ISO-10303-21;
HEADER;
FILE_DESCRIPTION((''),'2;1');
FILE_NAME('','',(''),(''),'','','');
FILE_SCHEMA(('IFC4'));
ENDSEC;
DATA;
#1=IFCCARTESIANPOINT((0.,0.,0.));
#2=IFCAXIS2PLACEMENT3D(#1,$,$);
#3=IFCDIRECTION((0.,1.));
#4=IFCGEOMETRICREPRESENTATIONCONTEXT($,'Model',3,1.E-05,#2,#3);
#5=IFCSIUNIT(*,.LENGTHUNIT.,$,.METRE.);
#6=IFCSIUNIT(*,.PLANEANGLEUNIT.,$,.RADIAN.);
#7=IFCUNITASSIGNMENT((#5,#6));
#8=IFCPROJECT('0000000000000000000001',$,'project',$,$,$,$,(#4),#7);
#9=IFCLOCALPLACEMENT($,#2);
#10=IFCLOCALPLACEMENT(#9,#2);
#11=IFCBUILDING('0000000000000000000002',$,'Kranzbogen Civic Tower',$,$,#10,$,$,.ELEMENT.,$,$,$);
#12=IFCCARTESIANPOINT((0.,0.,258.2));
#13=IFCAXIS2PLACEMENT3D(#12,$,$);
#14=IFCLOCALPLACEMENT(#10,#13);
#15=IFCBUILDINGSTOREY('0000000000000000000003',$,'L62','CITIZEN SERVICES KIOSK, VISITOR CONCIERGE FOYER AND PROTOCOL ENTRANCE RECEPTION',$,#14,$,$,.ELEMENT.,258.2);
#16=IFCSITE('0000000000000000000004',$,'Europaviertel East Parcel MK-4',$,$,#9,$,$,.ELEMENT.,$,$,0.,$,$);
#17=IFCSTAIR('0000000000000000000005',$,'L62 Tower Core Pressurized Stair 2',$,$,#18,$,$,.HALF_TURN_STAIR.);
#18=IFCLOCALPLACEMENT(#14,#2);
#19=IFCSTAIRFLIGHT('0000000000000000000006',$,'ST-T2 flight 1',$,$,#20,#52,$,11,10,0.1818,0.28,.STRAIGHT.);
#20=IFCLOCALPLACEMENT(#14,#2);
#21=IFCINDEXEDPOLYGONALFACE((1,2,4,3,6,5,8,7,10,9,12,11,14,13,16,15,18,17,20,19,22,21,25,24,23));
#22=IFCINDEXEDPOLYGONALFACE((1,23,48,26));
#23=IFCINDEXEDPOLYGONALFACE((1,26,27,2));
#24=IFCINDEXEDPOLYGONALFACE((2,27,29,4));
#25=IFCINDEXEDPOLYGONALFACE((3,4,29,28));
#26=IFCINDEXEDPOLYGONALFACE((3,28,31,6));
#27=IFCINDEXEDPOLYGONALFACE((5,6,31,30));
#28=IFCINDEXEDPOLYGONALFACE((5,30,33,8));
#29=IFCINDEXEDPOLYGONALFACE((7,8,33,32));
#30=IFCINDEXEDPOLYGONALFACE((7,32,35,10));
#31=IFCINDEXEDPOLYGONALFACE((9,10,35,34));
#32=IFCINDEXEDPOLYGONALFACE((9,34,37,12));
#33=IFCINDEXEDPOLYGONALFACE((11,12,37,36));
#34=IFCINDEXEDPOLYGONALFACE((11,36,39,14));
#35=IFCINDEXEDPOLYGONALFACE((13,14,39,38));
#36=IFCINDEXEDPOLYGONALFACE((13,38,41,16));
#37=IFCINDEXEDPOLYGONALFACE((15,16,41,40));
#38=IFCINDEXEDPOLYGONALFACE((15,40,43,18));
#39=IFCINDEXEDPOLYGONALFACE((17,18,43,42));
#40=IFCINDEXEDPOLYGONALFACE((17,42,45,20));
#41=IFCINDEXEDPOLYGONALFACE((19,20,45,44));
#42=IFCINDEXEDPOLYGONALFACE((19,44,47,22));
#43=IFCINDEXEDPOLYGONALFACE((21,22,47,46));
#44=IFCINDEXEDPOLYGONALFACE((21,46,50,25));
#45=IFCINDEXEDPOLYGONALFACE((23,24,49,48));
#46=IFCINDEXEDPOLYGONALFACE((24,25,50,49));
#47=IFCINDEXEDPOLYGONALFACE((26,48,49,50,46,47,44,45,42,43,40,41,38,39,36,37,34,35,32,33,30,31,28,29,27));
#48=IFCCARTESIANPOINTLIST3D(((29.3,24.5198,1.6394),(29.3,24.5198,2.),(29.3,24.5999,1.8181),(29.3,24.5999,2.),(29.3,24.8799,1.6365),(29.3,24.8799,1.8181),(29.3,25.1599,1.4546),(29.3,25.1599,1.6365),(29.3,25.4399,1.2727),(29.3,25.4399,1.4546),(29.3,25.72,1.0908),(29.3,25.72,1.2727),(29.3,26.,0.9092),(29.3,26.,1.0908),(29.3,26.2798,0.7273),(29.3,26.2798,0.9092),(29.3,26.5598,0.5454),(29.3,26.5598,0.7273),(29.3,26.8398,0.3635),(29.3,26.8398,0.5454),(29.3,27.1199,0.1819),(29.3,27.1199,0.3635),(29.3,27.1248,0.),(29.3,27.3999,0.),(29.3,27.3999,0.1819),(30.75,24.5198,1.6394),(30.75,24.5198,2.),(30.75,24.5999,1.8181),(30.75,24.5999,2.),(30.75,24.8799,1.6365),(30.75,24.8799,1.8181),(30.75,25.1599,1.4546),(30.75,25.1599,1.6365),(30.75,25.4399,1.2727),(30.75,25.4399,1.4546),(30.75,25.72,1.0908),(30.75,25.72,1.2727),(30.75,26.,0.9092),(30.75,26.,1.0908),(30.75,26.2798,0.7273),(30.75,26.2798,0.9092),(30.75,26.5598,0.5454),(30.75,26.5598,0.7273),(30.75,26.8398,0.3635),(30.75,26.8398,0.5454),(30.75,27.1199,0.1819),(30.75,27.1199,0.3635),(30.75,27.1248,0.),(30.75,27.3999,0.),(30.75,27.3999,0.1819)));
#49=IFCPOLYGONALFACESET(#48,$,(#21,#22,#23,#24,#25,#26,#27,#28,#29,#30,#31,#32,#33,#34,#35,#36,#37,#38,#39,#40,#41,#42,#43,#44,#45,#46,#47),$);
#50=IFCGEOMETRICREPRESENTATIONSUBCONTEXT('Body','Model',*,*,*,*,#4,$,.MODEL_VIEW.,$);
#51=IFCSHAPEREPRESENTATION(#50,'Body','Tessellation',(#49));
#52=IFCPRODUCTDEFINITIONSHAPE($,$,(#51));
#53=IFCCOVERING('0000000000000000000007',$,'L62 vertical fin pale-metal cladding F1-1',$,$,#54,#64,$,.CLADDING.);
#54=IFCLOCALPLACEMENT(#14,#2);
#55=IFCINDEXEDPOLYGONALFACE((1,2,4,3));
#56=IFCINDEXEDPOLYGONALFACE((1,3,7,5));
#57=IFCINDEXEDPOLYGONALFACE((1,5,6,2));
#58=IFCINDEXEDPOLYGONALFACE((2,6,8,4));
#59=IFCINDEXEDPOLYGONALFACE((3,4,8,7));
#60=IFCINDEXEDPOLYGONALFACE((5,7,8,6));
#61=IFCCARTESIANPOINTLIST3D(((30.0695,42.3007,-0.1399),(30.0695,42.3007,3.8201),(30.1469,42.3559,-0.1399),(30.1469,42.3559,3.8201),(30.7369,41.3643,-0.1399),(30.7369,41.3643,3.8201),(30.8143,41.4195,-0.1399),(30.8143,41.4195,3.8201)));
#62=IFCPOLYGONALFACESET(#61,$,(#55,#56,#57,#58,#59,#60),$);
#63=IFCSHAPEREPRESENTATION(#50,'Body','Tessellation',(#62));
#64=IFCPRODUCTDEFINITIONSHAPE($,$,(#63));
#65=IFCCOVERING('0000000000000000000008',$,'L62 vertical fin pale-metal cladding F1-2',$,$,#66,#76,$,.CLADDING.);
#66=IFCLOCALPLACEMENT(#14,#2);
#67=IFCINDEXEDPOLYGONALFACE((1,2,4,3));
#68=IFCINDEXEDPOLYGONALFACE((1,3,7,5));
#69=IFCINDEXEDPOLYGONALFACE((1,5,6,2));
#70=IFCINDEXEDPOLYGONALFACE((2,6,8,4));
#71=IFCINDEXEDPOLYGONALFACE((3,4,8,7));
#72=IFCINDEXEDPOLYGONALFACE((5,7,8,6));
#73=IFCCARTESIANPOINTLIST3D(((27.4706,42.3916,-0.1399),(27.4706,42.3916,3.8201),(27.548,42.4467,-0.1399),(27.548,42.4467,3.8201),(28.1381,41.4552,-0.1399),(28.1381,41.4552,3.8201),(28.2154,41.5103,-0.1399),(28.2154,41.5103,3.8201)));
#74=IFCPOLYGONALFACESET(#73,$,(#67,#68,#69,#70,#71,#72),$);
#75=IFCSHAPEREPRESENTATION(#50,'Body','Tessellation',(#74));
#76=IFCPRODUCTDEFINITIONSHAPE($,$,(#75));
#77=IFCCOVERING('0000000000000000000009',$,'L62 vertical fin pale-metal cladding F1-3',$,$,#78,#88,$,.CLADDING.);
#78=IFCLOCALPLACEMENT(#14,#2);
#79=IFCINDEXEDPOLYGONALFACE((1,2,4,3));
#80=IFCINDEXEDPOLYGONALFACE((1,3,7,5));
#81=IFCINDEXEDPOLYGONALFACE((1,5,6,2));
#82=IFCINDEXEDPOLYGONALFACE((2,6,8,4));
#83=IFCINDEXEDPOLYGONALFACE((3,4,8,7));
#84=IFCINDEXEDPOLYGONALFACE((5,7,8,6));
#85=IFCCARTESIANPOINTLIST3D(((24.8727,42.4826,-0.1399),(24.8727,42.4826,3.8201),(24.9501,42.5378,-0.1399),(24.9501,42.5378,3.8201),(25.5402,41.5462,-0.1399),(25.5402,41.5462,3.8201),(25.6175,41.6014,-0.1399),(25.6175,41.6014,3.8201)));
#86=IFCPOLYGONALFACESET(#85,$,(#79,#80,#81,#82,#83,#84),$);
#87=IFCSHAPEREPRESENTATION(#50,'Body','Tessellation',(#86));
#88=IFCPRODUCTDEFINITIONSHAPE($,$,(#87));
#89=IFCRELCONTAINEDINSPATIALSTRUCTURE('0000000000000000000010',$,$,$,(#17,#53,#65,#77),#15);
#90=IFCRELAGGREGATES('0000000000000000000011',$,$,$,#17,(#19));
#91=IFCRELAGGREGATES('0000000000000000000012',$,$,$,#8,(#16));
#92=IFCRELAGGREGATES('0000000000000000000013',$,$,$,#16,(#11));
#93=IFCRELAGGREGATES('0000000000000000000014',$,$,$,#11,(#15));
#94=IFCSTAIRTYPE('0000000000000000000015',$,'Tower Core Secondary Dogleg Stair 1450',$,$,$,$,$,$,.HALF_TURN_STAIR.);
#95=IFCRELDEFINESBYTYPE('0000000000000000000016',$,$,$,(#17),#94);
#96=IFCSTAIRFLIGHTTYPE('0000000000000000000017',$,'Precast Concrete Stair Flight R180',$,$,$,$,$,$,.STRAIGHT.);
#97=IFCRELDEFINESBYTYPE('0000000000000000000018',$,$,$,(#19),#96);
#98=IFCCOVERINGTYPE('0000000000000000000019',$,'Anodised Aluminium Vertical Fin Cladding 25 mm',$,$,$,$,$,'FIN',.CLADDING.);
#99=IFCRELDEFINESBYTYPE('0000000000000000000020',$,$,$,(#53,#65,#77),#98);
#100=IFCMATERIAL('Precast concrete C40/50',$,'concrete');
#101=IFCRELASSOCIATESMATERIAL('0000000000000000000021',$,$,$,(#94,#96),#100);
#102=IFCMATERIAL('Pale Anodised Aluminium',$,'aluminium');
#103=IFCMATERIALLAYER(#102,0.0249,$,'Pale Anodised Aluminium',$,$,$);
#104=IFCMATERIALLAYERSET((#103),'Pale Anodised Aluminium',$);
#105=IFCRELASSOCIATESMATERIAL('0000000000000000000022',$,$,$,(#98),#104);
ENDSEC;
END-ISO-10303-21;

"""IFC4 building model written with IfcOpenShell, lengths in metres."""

from ifc_helpers import new_model, si_unit, direction, frame, origin, origin_2d, place, context, subcontext, project, spatial, polyline, rectangle, outline, extrude, material, layer, layer_set, type_object, element, aggregate, save


model = new_model("IFC4")

# Units and contexts
model_context = context("Model", 3, precision=1e-05, world=origin(), true_north=direction((0.0, 1.0)))
body_context = subcontext(model_context, "Body", "Model", "MODEL_VIEW")
ifc_project = project(units=[si_unit("LENGTHUNIT", "METRE"), si_unit("PLANEANGLEUNIT", "RADIAN")], contexts=[model_context])

# Site, building, storey
site_placement = place(None, origin())
site = spatial("IfcSite", under=ifc_project, at=site_placement, Name="Europaviertel East Parcel MK-4", CompositionType="ELEMENT", RefElevation=0.0)
building_placement = place(site_placement, origin())
building = spatial("IfcBuilding", under=site, at=building_placement, Name="Kranzbogen Civic Tower", CompositionType="ELEMENT")
storey_placement = place(building_placement, frame((0.0, 0.0, 258.2)))
storey = spatial("IfcBuildingStorey", under=building, at=storey_placement, Name="L62", Description="CITIZEN SERVICES KIOSK, VISITOR CONCIERGE FOYER AND PROTOCOL ENTRANCE RECEPTION", CompositionType="ELEMENT", Elevation=258.2)

# Shared definitions
ifc_material_1 = material(Name="Pale Anodised Aluminium", Category="aluminium")

# Stair, stair flight
ifc_material_2 = material(Name="Precast concrete C40/50", Category="concrete")
stair_type = type_object("IfcStairType", Name="Tower Core Secondary Dogleg Stair 1450", PredefinedType="HALF_TURN_STAIR", material=ifc_material_2)
stair_placement = place(storey_placement, origin())
stair = element("IfcStair", 1, at=stair_placement, inside=storey, type_object=stair_type, Name="L62 Tower Core Pressurized Stair 2", PredefinedType="HALF_TURN_STAIR")
stair_flight_type = type_object("IfcStairFlightType", Name="Precast Concrete Stair Flight R180", PredefinedType="STRAIGHT", material=ifc_material_2)
stair_flight_placement = place(storey_placement, frame((30.0249, 27.3999, 0.0), z_axis=(0.0, 0.0, 1.0), x_axis=(0.0, -1.0, 0.0)))
stair_flight = element("IfcStairFlight", 2, at=stair_flight_placement, type_object=stair_flight_type, Name="ST-T2 flight 1", NumberOfRisers=11, NumberOfTreads=10, PredefinedType="STRAIGHT", RiserHeight=0.1818, TreadLength=0.28, context=body_context, shape_type="SweptSolid", body=[
    extrude(outline(polyline([(0.0, 0.0), (0.0, 0.1819), (0.28, 0.1819), (0.28, 0.3635), (0.5601, 0.3635), (0.5601, 0.5454), (0.8401, 0.5454), (0.8401, 0.7273), (1.1201, 0.7273), (1.1201, 0.9092), (1.3999, 0.9092), (1.3999, 1.0908), (1.6799, 1.0908), (1.6799, 1.2727), (1.96, 1.2727), (1.96, 1.4546), (2.24, 1.4546), (2.24, 1.6365), (2.52, 1.6365), (2.52, 1.8181), (2.8, 1.8181), (2.8, 2.0), (2.8801, 2.0), (2.8801, 1.6394), (0.2751, 0.0), (0.0, 0.0)])), frame((0.0, 0.7251, 0.0), z_axis=(0.0, -1.0, 0.0), x_axis=(1.0, 0.0, 0.0)), (0.0, 0.0, 1.0), 1.45),
])
aggregate(stair, [stair_flight])

# Coverings
ifc_layer_1 = layer(ifc_material_1, 0.0249, Name="Pale Anodised Aluminium")
ifc_layer_set_1 = layer_set([ifc_layer_1], Name="Pale Anodised Aluminium")
covering_type = type_object("IfcCoveringType", Name="Anodised Aluminium Vertical Fin Cladding 25 mm", ElementType="FIN", PredefinedType="CLADDING", material=ifc_layer_set_1)
for number, where, z_axis, x_axis, name in (
    (3, (30.4419, 41.8601, -0.1399), (0.0, 0.0, 1.0), (-0.580405, 0.814328, 0.0), "L62 vertical fin pale-metal cladding F1-1"),
    (4, (27.843, 41.9509, -0.1399), (0.0, 0.0, 1.0), (-0.580405, 0.814328, 0.0), "L62 vertical fin pale-metal cladding F1-2"),
    (5, (25.2451, 42.042, -0.1399), (0.0, 0.0, 1.0), (-0.580405, 0.814328, 0.0), "L62 vertical fin pale-metal cladding F1-3"),
):
    element("IfcCovering", number, at=place(storey_placement, frame(where, z_axis=z_axis, x_axis=x_axis)), inside=storey, type_object=covering_type, Name=name, PredefinedType="CLADDING", context=body_context, shape_type="SweptSolid", body=[
        extrude(rectangle(XDim=1.1499, YDim=0.095, at=origin_2d()), origin(), (0.0, 0.0, 1.0), 3.96),
    ])

save(model, "model.ifc")
